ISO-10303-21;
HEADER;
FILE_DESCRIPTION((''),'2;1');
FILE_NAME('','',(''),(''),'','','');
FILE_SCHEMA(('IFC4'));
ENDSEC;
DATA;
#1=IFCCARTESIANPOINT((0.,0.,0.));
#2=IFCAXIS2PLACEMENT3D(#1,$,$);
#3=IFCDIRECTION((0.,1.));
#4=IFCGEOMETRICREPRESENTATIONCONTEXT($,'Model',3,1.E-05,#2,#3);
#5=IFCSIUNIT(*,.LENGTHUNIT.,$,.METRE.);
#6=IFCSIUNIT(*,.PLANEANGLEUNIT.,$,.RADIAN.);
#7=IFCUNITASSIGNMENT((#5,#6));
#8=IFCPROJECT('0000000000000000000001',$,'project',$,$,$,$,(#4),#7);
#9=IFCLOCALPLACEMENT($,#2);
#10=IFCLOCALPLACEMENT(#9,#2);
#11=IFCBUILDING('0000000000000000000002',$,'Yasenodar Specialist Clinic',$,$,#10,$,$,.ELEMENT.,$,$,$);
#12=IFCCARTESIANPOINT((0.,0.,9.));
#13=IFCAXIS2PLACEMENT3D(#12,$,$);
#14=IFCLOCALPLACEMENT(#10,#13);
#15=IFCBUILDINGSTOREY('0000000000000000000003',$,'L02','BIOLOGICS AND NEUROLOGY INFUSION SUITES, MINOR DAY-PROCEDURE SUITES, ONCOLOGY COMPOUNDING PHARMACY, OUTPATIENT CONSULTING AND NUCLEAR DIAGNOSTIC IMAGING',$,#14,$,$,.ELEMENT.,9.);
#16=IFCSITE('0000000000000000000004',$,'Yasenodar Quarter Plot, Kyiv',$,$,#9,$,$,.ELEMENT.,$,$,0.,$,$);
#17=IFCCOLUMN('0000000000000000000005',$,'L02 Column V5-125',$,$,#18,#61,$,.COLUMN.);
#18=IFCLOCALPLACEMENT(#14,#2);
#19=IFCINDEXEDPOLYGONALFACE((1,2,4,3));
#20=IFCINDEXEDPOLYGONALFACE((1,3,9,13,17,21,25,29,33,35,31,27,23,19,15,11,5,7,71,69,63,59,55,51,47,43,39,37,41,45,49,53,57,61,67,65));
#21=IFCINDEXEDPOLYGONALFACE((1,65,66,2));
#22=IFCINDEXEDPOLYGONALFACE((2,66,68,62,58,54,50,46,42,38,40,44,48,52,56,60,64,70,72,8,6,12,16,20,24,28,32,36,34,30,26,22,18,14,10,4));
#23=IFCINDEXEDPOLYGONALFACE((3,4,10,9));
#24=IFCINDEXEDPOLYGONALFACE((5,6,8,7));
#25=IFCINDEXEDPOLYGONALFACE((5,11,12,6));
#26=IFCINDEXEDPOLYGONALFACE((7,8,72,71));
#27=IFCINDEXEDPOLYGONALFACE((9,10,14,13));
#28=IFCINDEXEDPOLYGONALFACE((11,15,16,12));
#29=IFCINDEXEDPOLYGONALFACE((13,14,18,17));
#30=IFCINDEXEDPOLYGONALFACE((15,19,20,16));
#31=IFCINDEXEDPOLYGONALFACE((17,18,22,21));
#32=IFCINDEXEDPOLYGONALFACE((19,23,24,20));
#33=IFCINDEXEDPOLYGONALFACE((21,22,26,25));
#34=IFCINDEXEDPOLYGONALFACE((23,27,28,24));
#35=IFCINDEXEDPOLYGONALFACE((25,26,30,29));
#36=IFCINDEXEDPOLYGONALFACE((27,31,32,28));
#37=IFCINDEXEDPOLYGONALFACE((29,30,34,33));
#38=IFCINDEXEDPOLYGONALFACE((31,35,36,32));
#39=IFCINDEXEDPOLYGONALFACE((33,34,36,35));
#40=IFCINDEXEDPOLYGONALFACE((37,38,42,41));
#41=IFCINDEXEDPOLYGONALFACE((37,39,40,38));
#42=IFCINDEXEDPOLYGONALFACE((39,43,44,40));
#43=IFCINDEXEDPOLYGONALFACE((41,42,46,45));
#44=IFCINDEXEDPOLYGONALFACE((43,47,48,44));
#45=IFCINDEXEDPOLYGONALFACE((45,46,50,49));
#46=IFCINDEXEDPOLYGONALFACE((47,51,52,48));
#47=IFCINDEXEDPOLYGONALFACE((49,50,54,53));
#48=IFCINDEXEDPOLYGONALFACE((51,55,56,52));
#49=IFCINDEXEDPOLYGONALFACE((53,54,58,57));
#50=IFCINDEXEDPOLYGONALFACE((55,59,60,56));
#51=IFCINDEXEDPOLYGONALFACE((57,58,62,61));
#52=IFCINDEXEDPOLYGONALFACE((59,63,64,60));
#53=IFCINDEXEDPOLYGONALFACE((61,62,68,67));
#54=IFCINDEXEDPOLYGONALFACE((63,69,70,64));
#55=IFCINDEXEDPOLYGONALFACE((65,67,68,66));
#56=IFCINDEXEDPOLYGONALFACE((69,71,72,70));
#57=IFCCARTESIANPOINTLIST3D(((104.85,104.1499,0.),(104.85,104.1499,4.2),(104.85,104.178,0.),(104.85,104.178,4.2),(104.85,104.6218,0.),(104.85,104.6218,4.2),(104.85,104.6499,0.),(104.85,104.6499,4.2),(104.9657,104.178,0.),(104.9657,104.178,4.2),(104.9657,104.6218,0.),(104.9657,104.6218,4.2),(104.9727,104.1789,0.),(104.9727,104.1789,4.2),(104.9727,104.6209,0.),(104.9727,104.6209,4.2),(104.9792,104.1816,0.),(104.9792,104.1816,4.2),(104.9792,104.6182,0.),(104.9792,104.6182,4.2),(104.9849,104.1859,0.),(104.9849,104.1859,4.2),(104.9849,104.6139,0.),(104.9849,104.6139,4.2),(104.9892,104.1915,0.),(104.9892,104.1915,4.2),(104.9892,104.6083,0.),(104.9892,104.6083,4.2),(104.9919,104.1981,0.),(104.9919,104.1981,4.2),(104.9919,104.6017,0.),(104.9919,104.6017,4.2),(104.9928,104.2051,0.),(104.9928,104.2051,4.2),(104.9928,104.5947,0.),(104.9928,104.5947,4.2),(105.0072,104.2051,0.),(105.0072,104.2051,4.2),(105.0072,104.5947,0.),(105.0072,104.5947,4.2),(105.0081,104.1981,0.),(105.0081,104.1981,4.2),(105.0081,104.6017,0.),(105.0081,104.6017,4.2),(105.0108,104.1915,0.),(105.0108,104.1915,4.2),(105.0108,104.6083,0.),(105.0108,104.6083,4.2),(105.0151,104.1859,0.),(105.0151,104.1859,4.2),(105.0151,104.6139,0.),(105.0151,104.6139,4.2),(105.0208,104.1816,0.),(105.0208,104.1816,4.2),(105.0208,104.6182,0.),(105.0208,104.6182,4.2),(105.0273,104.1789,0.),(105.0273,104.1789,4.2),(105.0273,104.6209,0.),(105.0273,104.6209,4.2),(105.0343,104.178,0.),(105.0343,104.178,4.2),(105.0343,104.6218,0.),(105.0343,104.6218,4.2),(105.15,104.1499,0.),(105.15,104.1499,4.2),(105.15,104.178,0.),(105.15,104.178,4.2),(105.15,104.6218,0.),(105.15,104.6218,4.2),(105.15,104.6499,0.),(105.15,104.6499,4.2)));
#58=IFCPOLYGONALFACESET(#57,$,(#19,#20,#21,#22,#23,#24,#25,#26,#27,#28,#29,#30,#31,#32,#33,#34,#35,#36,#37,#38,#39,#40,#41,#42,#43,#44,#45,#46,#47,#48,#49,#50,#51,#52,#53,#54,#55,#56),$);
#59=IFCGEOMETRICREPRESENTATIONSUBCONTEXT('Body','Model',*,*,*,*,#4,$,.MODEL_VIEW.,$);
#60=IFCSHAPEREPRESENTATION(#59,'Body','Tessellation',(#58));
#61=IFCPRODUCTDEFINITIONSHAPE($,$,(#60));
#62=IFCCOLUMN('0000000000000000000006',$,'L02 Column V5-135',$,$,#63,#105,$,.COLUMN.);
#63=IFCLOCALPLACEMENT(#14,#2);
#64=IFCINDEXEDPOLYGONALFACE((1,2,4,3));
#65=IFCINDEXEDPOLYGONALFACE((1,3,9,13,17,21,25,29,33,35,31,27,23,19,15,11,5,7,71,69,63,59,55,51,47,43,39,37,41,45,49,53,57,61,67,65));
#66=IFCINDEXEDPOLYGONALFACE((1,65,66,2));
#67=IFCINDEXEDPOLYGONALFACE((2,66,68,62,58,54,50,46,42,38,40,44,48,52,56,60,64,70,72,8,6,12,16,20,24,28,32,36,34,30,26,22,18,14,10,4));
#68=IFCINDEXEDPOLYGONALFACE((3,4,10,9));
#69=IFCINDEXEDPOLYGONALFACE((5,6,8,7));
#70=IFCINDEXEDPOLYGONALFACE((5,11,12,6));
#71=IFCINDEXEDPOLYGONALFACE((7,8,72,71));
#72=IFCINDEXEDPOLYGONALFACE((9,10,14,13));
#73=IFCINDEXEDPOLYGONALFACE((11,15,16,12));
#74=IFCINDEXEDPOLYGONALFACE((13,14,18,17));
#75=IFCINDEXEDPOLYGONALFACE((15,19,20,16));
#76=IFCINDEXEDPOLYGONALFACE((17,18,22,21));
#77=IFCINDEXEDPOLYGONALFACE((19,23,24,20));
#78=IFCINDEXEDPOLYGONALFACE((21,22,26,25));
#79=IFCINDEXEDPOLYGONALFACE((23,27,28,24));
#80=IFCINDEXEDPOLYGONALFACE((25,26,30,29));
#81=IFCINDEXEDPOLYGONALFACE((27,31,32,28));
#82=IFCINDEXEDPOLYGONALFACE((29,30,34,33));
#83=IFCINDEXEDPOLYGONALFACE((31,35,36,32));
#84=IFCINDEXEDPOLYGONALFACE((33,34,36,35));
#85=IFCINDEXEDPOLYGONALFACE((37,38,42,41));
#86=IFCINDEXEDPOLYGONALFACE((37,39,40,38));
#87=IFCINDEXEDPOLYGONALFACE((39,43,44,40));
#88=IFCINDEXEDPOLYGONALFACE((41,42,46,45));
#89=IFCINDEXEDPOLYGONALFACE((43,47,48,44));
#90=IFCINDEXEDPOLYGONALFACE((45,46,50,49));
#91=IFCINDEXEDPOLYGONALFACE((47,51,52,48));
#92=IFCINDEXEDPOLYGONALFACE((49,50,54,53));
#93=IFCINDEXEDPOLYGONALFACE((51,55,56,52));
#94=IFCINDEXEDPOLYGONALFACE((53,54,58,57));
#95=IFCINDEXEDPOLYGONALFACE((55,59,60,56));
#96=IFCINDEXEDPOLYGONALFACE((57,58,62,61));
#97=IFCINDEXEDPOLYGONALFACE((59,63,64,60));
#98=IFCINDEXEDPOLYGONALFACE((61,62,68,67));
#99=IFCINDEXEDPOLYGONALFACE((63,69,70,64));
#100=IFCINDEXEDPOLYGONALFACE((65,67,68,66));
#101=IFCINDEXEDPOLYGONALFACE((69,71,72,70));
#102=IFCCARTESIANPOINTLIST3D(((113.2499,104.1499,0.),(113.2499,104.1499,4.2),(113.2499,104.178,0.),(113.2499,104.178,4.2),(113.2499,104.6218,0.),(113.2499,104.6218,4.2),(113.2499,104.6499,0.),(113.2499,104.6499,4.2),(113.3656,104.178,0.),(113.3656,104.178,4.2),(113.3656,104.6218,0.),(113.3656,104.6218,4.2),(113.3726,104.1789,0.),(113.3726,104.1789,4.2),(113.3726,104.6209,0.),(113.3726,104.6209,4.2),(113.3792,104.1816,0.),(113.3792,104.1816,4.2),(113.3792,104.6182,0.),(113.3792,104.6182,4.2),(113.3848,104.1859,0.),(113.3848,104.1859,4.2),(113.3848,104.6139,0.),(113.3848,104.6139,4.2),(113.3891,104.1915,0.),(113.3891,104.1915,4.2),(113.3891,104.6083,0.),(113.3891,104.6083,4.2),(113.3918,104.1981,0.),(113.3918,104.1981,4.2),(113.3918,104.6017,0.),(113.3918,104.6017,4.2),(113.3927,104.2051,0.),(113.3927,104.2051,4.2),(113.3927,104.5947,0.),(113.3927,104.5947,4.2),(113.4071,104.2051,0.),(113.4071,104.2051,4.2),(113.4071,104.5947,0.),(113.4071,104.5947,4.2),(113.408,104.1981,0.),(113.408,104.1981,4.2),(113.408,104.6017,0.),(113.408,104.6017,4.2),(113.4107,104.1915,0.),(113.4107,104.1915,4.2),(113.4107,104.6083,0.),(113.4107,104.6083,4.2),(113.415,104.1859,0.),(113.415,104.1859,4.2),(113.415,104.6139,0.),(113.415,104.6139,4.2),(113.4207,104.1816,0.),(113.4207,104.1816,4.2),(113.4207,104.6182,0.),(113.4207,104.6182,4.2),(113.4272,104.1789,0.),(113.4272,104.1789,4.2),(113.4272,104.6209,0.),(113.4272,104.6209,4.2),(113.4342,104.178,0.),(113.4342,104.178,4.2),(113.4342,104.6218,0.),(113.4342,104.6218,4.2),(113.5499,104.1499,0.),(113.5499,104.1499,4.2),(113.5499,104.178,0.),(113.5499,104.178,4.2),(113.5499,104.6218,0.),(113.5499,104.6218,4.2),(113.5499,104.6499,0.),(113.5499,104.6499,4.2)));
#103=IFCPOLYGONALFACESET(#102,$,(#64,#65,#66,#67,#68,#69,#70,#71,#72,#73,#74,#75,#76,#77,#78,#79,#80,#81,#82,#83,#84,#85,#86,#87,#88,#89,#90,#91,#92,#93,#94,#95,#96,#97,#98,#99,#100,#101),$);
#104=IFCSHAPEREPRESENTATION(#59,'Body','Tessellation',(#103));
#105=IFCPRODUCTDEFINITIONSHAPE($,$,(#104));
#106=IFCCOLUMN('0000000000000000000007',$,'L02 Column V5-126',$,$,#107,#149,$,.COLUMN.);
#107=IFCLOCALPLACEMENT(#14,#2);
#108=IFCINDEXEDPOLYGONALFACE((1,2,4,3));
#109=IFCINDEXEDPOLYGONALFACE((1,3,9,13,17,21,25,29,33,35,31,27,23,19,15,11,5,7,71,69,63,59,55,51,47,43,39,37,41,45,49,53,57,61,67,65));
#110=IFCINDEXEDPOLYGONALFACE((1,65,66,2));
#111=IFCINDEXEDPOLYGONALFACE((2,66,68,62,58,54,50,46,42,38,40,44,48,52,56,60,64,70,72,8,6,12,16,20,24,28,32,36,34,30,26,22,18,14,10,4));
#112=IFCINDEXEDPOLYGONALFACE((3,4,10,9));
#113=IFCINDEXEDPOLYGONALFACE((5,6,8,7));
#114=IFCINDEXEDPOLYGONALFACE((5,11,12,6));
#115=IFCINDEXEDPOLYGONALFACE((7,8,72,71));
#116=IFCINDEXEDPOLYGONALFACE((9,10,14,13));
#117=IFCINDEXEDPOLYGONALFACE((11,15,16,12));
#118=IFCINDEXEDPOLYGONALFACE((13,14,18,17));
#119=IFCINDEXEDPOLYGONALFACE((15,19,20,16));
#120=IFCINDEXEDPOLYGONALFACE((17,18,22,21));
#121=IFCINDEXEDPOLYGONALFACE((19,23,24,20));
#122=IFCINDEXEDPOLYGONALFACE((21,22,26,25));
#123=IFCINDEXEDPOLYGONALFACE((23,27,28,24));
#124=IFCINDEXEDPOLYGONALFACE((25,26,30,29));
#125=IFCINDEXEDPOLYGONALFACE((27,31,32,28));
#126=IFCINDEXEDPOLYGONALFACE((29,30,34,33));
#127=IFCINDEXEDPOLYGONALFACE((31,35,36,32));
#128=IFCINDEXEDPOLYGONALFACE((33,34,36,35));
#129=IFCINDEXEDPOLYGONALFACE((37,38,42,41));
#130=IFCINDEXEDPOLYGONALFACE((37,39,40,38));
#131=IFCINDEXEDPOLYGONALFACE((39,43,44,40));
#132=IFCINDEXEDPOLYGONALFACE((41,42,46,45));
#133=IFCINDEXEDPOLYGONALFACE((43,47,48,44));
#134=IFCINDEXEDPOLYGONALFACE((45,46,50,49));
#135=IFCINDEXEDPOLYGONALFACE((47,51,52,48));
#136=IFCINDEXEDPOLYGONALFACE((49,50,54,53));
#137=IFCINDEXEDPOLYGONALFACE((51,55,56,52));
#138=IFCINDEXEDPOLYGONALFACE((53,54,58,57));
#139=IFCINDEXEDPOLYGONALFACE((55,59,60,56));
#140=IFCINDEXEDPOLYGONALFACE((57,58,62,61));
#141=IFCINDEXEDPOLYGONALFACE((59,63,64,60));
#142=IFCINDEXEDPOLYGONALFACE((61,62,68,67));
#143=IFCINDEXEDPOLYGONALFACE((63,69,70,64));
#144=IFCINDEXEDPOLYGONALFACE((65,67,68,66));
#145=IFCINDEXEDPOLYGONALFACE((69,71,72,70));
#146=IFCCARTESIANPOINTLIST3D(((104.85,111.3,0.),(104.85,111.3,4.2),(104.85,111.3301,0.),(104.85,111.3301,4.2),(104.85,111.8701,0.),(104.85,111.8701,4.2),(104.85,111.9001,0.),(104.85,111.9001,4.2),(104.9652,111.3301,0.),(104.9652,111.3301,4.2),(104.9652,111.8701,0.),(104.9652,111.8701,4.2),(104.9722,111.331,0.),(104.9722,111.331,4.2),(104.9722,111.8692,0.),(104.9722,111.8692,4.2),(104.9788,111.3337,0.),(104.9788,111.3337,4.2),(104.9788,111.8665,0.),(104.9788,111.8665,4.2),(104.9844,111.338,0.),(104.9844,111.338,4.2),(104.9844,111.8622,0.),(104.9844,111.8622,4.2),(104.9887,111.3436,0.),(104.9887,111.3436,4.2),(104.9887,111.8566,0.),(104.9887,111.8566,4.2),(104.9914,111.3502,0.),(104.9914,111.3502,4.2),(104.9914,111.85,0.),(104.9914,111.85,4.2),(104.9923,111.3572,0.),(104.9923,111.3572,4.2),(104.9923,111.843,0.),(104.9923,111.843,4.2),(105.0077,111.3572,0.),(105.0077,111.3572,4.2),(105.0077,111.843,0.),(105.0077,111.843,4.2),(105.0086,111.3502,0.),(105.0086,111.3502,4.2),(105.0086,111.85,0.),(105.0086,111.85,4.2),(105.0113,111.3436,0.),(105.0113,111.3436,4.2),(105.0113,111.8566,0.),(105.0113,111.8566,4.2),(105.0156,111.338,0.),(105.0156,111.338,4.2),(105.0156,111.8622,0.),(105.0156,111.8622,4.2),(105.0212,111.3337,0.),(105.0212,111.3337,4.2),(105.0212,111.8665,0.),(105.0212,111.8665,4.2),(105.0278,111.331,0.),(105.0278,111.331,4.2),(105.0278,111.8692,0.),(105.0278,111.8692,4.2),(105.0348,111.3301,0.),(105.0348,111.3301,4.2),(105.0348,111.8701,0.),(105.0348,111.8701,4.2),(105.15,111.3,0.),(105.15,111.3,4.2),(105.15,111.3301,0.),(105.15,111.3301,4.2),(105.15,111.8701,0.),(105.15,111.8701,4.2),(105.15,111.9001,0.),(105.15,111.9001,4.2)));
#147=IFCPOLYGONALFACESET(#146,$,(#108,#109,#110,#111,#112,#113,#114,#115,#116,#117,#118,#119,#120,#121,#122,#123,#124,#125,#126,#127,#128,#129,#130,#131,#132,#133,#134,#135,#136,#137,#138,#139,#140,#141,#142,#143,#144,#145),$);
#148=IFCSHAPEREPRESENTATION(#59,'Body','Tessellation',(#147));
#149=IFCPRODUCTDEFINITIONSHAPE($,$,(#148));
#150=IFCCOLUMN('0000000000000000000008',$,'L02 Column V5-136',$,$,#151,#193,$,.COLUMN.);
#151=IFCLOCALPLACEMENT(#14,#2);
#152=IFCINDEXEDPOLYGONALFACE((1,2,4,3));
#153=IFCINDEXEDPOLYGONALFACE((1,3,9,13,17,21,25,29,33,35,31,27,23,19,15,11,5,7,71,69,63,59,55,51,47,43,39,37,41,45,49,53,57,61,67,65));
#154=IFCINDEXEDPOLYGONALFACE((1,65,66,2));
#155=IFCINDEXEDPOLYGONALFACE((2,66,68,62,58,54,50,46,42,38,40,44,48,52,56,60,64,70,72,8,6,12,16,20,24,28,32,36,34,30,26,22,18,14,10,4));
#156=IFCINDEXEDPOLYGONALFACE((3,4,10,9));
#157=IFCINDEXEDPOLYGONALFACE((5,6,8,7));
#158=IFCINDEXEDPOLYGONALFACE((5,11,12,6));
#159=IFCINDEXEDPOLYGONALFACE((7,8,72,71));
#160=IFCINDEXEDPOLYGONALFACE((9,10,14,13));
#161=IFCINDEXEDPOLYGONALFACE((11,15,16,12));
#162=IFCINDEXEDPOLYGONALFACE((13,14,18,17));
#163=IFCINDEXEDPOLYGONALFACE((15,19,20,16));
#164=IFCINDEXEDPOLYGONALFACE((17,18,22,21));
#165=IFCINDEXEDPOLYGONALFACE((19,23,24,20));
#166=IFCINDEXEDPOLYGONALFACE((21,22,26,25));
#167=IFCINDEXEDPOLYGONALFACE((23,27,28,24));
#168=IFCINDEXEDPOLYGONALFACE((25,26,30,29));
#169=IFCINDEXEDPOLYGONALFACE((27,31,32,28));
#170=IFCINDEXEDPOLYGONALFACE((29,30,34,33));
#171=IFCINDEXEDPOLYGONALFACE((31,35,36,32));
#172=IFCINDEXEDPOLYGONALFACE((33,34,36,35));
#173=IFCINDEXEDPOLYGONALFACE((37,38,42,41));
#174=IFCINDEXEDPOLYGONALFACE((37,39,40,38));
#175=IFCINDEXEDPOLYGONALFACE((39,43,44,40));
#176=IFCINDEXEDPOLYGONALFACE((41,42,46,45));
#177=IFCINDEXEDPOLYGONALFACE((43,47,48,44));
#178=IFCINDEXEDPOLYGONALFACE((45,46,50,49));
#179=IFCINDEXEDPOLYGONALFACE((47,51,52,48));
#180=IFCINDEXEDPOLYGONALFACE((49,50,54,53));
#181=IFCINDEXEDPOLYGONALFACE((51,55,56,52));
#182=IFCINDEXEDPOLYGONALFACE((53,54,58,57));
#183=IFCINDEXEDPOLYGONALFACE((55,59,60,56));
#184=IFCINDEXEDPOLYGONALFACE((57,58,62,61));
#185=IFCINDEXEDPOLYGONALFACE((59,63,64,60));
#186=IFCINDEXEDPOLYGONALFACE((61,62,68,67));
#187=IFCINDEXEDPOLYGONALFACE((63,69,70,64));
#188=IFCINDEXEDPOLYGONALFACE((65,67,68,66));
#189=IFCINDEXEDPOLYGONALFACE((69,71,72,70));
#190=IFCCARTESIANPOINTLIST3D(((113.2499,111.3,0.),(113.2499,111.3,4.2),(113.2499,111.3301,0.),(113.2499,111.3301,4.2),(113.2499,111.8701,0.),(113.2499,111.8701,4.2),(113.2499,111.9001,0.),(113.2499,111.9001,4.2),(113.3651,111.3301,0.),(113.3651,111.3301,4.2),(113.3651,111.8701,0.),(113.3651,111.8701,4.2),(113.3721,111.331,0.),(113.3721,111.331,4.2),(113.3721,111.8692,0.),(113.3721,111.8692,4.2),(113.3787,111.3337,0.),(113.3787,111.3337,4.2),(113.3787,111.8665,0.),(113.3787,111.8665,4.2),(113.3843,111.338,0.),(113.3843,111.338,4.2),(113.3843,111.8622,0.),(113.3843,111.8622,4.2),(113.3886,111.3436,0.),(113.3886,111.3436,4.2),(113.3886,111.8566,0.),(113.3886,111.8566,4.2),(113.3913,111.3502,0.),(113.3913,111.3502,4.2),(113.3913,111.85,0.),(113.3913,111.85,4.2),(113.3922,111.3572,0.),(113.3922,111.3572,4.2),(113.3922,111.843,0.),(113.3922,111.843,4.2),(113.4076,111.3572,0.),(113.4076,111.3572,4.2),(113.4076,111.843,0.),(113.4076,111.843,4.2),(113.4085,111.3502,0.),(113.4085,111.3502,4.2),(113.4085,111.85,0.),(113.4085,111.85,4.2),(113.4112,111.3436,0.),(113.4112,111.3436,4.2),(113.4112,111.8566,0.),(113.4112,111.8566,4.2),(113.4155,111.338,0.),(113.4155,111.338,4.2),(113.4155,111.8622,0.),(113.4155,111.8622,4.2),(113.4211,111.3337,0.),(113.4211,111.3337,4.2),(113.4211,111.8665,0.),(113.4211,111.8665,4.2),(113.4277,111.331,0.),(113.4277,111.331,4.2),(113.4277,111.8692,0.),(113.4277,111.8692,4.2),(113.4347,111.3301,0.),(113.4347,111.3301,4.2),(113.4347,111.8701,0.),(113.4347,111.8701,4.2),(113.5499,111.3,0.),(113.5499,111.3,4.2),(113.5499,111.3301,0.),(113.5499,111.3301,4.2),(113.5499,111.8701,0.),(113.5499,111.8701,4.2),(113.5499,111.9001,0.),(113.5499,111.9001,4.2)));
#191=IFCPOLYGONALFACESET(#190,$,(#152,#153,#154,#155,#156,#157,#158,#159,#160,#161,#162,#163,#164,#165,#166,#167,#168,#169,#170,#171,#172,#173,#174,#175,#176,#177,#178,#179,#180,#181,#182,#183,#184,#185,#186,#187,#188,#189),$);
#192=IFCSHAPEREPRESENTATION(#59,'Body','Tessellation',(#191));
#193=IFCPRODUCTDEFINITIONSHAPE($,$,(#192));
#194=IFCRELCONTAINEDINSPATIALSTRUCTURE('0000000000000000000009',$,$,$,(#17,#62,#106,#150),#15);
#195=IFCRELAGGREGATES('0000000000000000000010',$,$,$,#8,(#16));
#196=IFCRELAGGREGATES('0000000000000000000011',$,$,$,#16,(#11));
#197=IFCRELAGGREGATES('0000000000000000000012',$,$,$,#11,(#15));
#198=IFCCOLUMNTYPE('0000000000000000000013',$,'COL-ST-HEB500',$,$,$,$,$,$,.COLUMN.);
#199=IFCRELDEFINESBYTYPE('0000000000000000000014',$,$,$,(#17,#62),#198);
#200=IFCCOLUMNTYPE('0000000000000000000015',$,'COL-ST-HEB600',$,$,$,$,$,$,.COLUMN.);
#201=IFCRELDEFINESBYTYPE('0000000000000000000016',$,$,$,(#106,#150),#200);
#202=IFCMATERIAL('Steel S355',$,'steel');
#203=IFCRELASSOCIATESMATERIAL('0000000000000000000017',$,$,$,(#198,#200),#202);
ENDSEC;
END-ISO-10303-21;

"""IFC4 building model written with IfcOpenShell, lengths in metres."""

from ifc_helpers import new_model, si_unit, direction, frame, origin, origin_2d, place, context, subcontext, project, spatial, i_section, extrude, material, material_profile, profile_set, type_object, element, save


model = new_model("IFC4")

# Units and contexts
model_context = context("Model", 3, precision=1e-05, world=origin(), true_north=direction((0.0, 1.0)))
body_context = subcontext(model_context, "Body", "Model", "MODEL_VIEW")
ifc_project = project(units=[si_unit("LENGTHUNIT", "METRE"), si_unit("PLANEANGLEUNIT", "RADIAN")], contexts=[model_context])

# Site, building, storey
site_placement = place(None, origin())
site = spatial("IfcSite", under=ifc_project, at=site_placement, Name="Yasenodar Quarter Plot, Kyiv", CompositionType="ELEMENT", RefElevation=0.0)
building_placement = place(site_placement, origin())
building = spatial("IfcBuilding", under=site, at=building_placement, Name="Yasenodar Specialist Clinic", CompositionType="ELEMENT")
storey_placement = place(building_placement, frame((0.0, 0.0, 9.0)))
storey = spatial("IfcBuildingStorey", under=building, at=storey_placement, Name="L02", Description="BIOLOGICS AND NEUROLOGY INFUSION SUITES, MINOR DAY-PROCEDURE SUITES, ONCOLOGY COMPOUNDING PHARMACY, OUTPATIENT CONSULTING AND NUCLEAR DIAGNOSTIC IMAGING", CompositionType="ELEMENT", Elevation=9.0)

# Columns
ifc_material_1 = material(Name="Steel S355", Category="steel")
ifc_material_profile_1 = material_profile(ifc_material_1, i_section(OverallWidth=0.3, OverallDepth=0.5, WebThickness=0.0144, FlangeThickness=0.0281, FilletRadius=0.0271, at=origin_2d()), Name="HEB 500")
ifc_profile_set_1 = profile_set([ifc_material_profile_1], Name="Steel S355")
column_type_1 = type_object("IfcColumnType", Name="COL-ST-HEB500", PredefinedType="COLUMN", material=ifc_profile_set_1)
for number, where, z_axis, x_axis, name in (
    (1, (105.0, 104.3999, 0.0), (0.0, 0.0, 1.0), (1.0, 0.0, 0.0), "L02 Column V5-125"),
    (2, (113.3999, 104.3999, 0.0), (0.0, 0.0, 1.0), (1.0, 0.0, 0.0), "L02 Column V5-135"),
):
    element("IfcColumn", number, at=place(storey_placement, frame(where, z_axis=z_axis, x_axis=x_axis)), inside=storey, type_object=column_type_1, Name=name, PredefinedType="COLUMN", context=body_context, shape_type="SweptSolid", body=[
        extrude(i_section(OverallWidth=0.3, OverallDepth=0.5, WebThickness=0.0144, FlangeThickness=0.0281, FilletRadius=0.0271, at=origin_2d()), origin(), (0.0, 0.0, 1.0), 4.2),
    ])
ifc_material_profile_2 = material_profile(ifc_material_1, i_section(OverallWidth=0.3, OverallDepth=0.6001, WebThickness=0.0154, FlangeThickness=0.03, FilletRadius=0.0271, at=origin_2d()), Name="HEB 600")
ifc_profile_set_2 = profile_set([ifc_material_profile_2], Name="Steel S355")
column_type_2 = type_object("IfcColumnType", Name="COL-ST-HEB600", PredefinedType="COLUMN", material=ifc_profile_set_2)
for number, where, z_axis, x_axis, name in (
    (3, (105.0, 111.6001, 0.0), (0.0, 0.0, 1.0), (1.0, 0.0, 0.0), "L02 Column V5-126"),
    (4, (113.3999, 111.6001, 0.0), (0.0, 0.0, 1.0), (1.0, 0.0, 0.0), "L02 Column V5-136"),
):
    element("IfcColumn", number, at=place(storey_placement, frame(where, z_axis=z_axis, x_axis=x_axis)), inside=storey, type_object=column_type_2, Name=name, PredefinedType="COLUMN", context=body_context, shape_type="SweptSolid", body=[
        extrude(i_section(OverallWidth=0.3, OverallDepth=0.6001, WebThickness=0.0154, FlangeThickness=0.03, FilletRadius=0.0271, at=origin_2d()), origin(), (0.0, 0.0, 1.0), 4.2),
    ])

save(model, "model.ifc")
